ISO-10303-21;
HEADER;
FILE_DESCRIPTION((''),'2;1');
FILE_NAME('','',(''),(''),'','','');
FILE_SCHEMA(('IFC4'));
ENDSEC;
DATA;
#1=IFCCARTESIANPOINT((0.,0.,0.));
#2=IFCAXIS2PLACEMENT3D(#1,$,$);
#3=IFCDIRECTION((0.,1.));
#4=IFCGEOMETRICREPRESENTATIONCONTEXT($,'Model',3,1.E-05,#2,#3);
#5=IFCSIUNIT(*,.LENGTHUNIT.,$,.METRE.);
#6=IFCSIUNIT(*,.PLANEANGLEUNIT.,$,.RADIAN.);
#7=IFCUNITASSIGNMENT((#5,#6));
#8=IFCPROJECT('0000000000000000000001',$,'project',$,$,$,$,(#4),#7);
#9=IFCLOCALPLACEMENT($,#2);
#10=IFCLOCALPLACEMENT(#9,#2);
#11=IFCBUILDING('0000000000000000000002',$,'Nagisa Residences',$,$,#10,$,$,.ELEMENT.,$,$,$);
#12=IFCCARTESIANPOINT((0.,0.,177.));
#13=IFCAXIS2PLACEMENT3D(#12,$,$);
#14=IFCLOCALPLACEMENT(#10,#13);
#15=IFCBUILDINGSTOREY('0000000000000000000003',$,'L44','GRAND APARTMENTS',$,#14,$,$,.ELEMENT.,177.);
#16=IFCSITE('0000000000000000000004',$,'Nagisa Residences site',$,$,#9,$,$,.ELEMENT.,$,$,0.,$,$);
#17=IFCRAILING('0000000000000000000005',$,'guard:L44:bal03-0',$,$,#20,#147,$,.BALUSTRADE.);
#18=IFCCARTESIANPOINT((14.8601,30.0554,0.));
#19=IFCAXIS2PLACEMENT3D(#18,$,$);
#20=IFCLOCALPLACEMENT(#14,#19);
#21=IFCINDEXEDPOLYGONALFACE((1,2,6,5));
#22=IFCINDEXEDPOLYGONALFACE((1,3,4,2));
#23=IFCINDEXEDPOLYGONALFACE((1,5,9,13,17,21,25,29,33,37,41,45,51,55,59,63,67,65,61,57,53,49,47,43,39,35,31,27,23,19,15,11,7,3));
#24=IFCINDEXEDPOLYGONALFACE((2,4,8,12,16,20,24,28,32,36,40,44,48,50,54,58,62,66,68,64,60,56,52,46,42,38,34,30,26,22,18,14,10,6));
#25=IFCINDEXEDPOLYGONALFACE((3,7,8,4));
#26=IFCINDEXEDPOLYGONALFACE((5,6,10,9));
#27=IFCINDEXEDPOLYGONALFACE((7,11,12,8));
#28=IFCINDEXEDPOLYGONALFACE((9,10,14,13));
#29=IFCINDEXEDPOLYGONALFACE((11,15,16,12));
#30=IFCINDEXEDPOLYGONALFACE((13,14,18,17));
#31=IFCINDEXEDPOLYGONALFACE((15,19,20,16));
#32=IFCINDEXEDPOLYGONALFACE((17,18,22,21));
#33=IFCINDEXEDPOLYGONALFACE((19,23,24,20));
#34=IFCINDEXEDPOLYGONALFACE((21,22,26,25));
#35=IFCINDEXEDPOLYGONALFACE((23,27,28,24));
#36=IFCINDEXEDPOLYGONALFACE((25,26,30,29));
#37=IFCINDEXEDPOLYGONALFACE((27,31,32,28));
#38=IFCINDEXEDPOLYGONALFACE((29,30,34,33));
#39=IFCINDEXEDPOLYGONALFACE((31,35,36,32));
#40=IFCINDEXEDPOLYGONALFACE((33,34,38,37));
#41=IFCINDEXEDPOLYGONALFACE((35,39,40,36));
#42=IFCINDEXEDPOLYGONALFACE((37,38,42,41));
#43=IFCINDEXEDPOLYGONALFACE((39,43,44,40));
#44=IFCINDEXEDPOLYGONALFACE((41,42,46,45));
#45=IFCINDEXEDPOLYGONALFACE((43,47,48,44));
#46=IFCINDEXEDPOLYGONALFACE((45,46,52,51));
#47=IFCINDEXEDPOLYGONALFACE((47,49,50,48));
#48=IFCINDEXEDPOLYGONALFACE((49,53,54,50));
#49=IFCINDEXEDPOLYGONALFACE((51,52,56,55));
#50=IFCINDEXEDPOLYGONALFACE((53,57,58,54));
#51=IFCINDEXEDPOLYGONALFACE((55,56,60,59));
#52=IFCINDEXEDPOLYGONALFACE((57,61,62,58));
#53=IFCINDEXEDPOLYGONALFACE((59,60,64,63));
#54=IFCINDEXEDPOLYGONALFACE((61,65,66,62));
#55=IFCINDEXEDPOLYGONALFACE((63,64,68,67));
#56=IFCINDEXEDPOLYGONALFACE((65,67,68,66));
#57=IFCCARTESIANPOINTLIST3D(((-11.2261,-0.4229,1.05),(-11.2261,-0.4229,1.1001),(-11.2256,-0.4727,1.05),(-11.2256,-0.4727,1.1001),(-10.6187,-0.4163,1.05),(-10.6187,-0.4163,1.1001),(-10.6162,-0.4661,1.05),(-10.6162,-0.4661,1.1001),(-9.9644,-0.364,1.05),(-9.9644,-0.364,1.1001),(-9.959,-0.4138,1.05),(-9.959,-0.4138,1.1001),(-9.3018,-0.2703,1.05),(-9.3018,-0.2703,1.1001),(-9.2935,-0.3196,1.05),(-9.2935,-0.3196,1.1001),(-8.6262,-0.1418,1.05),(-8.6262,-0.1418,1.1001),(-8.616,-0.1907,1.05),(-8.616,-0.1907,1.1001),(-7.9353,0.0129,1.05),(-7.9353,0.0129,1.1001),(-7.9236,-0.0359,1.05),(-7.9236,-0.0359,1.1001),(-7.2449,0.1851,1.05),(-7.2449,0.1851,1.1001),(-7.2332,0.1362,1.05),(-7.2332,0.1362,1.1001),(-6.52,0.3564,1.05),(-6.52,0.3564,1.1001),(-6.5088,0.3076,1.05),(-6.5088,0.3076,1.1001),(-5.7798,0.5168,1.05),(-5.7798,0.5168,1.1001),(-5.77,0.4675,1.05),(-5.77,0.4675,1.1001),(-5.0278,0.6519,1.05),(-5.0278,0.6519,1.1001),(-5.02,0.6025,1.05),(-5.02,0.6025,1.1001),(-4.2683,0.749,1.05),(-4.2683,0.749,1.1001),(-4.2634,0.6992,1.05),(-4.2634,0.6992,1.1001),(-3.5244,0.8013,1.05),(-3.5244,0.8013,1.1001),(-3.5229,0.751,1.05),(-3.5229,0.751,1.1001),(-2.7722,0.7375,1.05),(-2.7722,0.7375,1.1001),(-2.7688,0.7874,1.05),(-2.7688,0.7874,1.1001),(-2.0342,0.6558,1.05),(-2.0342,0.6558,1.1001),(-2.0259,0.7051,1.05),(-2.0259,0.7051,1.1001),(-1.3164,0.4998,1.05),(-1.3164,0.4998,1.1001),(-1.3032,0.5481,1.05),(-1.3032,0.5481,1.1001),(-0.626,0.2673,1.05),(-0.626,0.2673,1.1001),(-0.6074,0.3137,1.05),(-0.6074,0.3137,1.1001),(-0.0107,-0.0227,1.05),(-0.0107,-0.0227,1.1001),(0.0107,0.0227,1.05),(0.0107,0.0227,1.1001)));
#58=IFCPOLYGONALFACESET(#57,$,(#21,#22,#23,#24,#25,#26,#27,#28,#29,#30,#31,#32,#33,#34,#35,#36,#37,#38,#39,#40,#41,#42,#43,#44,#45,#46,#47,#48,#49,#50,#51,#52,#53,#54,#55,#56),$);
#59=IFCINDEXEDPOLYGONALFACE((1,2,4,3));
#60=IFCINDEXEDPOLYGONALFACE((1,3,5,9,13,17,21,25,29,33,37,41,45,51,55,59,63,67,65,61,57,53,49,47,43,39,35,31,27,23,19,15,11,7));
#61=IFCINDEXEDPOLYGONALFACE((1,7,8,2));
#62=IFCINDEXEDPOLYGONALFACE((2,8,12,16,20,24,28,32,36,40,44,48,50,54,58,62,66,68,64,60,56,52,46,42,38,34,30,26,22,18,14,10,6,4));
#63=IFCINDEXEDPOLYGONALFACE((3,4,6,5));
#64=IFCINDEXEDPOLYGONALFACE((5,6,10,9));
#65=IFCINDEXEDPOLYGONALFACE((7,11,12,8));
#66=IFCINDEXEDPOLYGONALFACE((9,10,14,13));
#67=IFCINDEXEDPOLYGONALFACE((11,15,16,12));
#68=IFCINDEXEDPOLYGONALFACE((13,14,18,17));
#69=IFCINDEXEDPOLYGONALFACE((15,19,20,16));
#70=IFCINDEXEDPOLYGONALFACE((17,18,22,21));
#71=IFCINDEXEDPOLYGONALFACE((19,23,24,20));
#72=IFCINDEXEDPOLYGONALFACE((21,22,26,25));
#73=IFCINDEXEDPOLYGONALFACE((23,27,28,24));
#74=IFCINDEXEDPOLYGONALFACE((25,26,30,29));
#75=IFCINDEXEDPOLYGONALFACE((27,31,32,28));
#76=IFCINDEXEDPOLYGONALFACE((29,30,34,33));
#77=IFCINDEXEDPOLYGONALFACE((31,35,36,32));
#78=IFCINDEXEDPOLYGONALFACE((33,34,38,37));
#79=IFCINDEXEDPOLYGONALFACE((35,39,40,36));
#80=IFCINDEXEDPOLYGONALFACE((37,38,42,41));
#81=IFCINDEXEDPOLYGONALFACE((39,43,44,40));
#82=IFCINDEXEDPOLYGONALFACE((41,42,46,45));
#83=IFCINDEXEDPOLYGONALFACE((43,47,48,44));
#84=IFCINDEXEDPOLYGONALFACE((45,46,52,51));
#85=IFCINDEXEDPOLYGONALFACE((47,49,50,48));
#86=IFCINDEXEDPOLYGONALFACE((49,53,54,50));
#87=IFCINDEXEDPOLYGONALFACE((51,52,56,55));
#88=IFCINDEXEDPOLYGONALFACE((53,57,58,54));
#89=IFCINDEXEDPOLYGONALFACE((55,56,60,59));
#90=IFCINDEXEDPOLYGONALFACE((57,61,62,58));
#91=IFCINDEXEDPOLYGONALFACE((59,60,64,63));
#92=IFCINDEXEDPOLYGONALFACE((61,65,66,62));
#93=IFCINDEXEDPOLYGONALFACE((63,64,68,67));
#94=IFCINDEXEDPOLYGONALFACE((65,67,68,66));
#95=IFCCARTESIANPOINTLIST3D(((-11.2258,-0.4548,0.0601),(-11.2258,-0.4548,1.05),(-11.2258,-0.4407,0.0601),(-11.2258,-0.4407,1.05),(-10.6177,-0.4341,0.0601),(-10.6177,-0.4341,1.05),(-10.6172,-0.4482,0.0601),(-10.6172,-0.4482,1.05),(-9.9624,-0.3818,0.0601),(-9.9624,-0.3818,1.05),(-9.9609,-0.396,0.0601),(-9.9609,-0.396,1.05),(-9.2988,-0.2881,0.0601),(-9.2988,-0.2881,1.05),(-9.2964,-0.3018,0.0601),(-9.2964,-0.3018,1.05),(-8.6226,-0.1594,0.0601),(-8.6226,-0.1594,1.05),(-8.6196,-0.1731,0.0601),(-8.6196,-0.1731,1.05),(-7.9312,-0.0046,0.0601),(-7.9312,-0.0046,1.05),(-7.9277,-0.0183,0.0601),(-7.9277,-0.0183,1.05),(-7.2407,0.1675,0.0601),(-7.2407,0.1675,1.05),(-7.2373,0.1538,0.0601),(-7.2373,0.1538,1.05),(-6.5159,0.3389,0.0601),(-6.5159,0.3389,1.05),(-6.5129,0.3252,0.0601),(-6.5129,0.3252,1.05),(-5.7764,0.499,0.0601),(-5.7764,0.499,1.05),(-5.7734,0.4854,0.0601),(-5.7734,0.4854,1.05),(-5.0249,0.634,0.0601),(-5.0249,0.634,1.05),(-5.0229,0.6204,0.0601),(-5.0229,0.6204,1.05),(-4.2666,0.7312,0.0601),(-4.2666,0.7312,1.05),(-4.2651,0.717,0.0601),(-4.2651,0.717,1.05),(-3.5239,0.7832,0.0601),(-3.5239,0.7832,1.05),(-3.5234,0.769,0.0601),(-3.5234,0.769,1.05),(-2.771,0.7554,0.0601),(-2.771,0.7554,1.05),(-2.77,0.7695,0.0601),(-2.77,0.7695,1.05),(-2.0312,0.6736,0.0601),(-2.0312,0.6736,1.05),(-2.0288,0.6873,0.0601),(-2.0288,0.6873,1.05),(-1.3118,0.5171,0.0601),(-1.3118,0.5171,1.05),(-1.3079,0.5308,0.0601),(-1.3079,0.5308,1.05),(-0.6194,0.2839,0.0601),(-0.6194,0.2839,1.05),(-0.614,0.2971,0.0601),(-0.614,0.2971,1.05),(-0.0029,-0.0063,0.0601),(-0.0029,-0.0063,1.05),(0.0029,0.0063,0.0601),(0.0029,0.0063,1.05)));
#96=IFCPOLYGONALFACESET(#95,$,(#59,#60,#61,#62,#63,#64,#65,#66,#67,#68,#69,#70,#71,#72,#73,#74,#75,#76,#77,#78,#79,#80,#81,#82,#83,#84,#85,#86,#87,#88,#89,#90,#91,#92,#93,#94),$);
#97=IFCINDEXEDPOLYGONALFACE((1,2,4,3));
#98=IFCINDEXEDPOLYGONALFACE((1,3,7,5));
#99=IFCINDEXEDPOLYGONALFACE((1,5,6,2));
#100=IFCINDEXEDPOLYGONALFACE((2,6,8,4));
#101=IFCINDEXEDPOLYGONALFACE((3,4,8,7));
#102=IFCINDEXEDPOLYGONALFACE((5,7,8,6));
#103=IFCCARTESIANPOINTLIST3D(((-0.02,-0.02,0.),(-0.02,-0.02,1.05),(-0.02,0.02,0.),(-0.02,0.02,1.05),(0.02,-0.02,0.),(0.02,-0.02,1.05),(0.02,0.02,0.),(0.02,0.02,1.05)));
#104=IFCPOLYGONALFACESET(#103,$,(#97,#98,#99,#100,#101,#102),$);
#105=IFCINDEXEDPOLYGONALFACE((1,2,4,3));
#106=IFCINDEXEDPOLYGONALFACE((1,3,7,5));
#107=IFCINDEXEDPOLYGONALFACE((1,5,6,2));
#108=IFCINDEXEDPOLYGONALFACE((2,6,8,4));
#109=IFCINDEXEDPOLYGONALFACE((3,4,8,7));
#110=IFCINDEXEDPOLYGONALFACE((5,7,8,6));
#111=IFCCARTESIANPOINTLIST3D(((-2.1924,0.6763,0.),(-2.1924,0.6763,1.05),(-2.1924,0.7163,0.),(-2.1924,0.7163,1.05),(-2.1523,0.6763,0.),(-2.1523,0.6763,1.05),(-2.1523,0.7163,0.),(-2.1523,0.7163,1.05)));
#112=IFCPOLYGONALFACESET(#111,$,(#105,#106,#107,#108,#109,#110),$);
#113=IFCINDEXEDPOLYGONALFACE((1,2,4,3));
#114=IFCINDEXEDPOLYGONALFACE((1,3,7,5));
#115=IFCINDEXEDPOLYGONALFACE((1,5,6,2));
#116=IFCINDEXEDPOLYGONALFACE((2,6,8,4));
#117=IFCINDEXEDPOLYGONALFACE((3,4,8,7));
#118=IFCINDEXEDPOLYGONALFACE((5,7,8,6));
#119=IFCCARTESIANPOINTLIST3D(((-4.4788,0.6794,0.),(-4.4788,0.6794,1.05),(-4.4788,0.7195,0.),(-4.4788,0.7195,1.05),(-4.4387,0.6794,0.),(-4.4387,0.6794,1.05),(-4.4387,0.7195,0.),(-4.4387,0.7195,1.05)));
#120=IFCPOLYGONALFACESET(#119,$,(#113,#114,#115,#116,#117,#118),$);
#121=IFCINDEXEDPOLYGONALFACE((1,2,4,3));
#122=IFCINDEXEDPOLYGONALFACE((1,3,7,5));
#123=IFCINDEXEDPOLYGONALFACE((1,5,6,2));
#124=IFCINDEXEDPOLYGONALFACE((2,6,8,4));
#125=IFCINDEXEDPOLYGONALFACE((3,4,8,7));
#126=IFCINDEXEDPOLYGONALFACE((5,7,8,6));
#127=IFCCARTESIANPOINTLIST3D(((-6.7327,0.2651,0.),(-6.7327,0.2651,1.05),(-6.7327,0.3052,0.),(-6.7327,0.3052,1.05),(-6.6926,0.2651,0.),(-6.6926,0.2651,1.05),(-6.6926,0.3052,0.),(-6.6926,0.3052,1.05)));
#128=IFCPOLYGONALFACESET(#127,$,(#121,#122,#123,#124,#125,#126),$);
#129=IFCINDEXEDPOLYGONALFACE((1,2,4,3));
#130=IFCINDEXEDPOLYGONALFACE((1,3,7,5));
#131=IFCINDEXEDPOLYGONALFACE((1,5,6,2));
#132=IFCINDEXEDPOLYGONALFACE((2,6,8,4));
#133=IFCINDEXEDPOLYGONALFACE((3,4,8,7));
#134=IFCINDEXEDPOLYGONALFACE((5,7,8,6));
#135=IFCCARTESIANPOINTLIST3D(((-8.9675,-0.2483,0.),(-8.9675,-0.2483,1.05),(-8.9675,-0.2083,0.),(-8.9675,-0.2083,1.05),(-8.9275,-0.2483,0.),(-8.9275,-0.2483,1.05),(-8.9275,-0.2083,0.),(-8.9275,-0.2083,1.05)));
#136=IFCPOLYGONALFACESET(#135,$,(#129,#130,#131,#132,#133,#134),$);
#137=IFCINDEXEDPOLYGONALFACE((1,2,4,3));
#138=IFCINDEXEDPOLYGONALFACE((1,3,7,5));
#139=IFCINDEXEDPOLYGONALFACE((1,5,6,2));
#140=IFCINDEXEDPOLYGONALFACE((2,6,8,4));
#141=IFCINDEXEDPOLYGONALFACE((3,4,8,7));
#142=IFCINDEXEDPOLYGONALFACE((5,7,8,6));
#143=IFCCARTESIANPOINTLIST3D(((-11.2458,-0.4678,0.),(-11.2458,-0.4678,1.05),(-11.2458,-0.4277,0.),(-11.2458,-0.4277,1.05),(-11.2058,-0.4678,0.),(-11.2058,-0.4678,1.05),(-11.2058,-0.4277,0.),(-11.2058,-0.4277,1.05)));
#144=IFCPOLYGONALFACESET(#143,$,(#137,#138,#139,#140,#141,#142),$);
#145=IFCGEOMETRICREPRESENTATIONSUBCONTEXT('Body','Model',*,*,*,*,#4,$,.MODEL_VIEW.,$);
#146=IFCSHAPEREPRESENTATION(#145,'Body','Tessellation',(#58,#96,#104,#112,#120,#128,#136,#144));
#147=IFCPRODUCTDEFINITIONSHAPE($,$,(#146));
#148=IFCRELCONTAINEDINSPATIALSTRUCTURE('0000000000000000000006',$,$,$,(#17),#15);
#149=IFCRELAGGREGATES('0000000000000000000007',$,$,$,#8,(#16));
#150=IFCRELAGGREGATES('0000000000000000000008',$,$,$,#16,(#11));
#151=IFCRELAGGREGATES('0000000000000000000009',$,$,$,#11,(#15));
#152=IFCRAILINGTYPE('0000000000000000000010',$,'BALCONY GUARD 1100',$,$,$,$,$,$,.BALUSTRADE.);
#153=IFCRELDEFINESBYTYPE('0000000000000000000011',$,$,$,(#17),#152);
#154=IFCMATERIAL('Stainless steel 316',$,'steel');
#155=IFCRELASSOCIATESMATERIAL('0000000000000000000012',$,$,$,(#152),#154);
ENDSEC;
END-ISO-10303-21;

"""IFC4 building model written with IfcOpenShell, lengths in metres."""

from ifc_helpers import new_model, si_unit, direction, frame, origin, origin_2d, place, context, subcontext, project, spatial, polyline, rectangle, outline, extrude, material, type_object, element, save


model = new_model("IFC4")

# Units and contexts
model_context = context("Model", 3, precision=1e-05, world=origin(), true_north=direction((0.0, 1.0)))
body_context = subcontext(model_context, "Body", "Model", "MODEL_VIEW")
ifc_project = project(units=[si_unit("LENGTHUNIT", "METRE"), si_unit("PLANEANGLEUNIT", "RADIAN")], contexts=[model_context])

# Site, building, storey
site_placement = place(None, origin())
site = spatial("IfcSite", under=ifc_project, at=site_placement, Name="Nagisa Residences site", CompositionType="ELEMENT", RefElevation=0.0)
building_placement = place(site_placement, origin())
building = spatial("IfcBuilding", under=site, at=building_placement, Name="Nagisa Residences", CompositionType="ELEMENT")
storey_placement = place(building_placement, frame((0.0, 0.0, 177.0)))
storey = spatial("IfcBuildingStorey", under=building, at=storey_placement, Name="L44", Description="GRAND APARTMENTS", CompositionType="ELEMENT", Elevation=177.0)

# Railing
ifc_material_1 = material(Name="Stainless steel 316", Category="steel")
railing_type = type_object("IfcRailingType", Name="BALCONY GUARD 1100", PredefinedType="BALUSTRADE", material=ifc_material_1)
railing_1_placement = place(storey_placement, frame((14.8601, 30.0554, 0.0)))
element("IfcRailing", 1, at=railing_1_placement, inside=storey, type_object=railing_type, Name="guard:L44:bal03-0", PredefinedType="BALUSTRADE", context=body_context, shape_type="SweptSolid", body=[
    extrude(outline(polyline([(-0.626, 0.2673), (-0.0107, -0.0227), (0.0107, 0.0227), (-0.6074, 0.3137), (-1.3032, 0.5481), (-2.0259, 0.7051), (-2.7688, 0.7874), (-3.5244, 0.8013), (-4.2683, 0.749), (-5.0278, 0.6519), (-5.7798, 0.5168), (-6.52, 0.3564), (-7.2449, 0.1851), (-7.9353, 0.0129), (-8.6262, -0.1418), (-9.3018, -0.2703), (-9.9644, -0.364), (-10.6187, -0.4163), (-11.2261, -0.4229), (-11.2256, -0.4727), (-10.6162, -0.4661), (-9.959, -0.4138), (-9.2935, -0.3196), (-8.616, -0.1907), (-7.9236, -0.0359), (-7.2332, 0.1362), (-6.5088, 0.3076), (-5.77, 0.4675), (-5.02, 0.6025), (-4.2634, 0.6992), (-3.5229, 0.751), (-2.7722, 0.7375), (-2.0342, 0.6558), (-1.3164, 0.4998), (-0.626, 0.2673)])), frame((0.0, 0.0, 1.05)), (0.0, 0.0, 1.0), 0.05),
    extrude(outline(polyline([(-0.6194, 0.2839), (-0.0029, -0.0063), (0.0029, 0.0063), (-0.614, 0.2971), (-1.3079, 0.5308), (-2.0288, 0.6873), (-2.77, 0.7695), (-3.5239, 0.7832), (-4.2666, 0.7312), (-5.0249, 0.634), (-5.7764, 0.499), (-6.5159, 0.3389), (-7.2407, 0.1675), (-7.9312, -0.0046), (-8.6226, -0.1594), (-9.2988, -0.2881), (-9.9624, -0.3818), (-10.6177, -0.4341), (-11.2258, -0.4407), (-11.2258, -0.4548), (-10.6172, -0.4482), (-9.9609, -0.396), (-9.2964, -0.3018), (-8.6196, -0.1731), (-7.9277, -0.0183), (-7.2373, 0.1538), (-6.5129, 0.3252), (-5.7734, 0.4854), (-5.0229, 0.6204), (-4.2651, 0.717), (-3.5234, 0.769), (-2.771, 0.7554), (-2.0312, 0.6736), (-1.3118, 0.5171), (-0.6194, 0.2839)])), frame((0.0, 0.0, 0.0601)), (0.0, 0.0, 1.0), 0.99),
    extrude(rectangle(XDim=0.04, YDim=0.04, at=origin_2d()), origin(), (0.0, 0.0, 1.0), 1.05),
    extrude(rectangle(XDim=0.04, YDim=0.04, at=origin_2d()), frame((-2.1724, 0.6963, 0.0)), (0.0, 0.0, 1.0), 1.05),
    extrude(rectangle(XDim=0.04, YDim=0.04, at=origin_2d()), frame((-4.4587, 0.6995, 0.0)), (0.0, 0.0, 1.0), 1.05),
    extrude(rectangle(XDim=0.04, YDim=0.04, at=origin_2d()), frame((-6.7126, 0.2852, 0.0)), (0.0, 0.0, 1.0), 1.05),
    extrude(rectangle(XDim=0.04, YDim=0.04, at=origin_2d()), frame((-8.9475, -0.2283, 0.0)), (0.0, 0.0, 1.0), 1.05),
    extrude(rectangle(XDim=0.04, YDim=0.04, at=origin_2d()), frame((-11.2258, -0.4478, 0.0)), (0.0, 0.0, 1.0), 1.05),
])

save(model, "model.ifc")
